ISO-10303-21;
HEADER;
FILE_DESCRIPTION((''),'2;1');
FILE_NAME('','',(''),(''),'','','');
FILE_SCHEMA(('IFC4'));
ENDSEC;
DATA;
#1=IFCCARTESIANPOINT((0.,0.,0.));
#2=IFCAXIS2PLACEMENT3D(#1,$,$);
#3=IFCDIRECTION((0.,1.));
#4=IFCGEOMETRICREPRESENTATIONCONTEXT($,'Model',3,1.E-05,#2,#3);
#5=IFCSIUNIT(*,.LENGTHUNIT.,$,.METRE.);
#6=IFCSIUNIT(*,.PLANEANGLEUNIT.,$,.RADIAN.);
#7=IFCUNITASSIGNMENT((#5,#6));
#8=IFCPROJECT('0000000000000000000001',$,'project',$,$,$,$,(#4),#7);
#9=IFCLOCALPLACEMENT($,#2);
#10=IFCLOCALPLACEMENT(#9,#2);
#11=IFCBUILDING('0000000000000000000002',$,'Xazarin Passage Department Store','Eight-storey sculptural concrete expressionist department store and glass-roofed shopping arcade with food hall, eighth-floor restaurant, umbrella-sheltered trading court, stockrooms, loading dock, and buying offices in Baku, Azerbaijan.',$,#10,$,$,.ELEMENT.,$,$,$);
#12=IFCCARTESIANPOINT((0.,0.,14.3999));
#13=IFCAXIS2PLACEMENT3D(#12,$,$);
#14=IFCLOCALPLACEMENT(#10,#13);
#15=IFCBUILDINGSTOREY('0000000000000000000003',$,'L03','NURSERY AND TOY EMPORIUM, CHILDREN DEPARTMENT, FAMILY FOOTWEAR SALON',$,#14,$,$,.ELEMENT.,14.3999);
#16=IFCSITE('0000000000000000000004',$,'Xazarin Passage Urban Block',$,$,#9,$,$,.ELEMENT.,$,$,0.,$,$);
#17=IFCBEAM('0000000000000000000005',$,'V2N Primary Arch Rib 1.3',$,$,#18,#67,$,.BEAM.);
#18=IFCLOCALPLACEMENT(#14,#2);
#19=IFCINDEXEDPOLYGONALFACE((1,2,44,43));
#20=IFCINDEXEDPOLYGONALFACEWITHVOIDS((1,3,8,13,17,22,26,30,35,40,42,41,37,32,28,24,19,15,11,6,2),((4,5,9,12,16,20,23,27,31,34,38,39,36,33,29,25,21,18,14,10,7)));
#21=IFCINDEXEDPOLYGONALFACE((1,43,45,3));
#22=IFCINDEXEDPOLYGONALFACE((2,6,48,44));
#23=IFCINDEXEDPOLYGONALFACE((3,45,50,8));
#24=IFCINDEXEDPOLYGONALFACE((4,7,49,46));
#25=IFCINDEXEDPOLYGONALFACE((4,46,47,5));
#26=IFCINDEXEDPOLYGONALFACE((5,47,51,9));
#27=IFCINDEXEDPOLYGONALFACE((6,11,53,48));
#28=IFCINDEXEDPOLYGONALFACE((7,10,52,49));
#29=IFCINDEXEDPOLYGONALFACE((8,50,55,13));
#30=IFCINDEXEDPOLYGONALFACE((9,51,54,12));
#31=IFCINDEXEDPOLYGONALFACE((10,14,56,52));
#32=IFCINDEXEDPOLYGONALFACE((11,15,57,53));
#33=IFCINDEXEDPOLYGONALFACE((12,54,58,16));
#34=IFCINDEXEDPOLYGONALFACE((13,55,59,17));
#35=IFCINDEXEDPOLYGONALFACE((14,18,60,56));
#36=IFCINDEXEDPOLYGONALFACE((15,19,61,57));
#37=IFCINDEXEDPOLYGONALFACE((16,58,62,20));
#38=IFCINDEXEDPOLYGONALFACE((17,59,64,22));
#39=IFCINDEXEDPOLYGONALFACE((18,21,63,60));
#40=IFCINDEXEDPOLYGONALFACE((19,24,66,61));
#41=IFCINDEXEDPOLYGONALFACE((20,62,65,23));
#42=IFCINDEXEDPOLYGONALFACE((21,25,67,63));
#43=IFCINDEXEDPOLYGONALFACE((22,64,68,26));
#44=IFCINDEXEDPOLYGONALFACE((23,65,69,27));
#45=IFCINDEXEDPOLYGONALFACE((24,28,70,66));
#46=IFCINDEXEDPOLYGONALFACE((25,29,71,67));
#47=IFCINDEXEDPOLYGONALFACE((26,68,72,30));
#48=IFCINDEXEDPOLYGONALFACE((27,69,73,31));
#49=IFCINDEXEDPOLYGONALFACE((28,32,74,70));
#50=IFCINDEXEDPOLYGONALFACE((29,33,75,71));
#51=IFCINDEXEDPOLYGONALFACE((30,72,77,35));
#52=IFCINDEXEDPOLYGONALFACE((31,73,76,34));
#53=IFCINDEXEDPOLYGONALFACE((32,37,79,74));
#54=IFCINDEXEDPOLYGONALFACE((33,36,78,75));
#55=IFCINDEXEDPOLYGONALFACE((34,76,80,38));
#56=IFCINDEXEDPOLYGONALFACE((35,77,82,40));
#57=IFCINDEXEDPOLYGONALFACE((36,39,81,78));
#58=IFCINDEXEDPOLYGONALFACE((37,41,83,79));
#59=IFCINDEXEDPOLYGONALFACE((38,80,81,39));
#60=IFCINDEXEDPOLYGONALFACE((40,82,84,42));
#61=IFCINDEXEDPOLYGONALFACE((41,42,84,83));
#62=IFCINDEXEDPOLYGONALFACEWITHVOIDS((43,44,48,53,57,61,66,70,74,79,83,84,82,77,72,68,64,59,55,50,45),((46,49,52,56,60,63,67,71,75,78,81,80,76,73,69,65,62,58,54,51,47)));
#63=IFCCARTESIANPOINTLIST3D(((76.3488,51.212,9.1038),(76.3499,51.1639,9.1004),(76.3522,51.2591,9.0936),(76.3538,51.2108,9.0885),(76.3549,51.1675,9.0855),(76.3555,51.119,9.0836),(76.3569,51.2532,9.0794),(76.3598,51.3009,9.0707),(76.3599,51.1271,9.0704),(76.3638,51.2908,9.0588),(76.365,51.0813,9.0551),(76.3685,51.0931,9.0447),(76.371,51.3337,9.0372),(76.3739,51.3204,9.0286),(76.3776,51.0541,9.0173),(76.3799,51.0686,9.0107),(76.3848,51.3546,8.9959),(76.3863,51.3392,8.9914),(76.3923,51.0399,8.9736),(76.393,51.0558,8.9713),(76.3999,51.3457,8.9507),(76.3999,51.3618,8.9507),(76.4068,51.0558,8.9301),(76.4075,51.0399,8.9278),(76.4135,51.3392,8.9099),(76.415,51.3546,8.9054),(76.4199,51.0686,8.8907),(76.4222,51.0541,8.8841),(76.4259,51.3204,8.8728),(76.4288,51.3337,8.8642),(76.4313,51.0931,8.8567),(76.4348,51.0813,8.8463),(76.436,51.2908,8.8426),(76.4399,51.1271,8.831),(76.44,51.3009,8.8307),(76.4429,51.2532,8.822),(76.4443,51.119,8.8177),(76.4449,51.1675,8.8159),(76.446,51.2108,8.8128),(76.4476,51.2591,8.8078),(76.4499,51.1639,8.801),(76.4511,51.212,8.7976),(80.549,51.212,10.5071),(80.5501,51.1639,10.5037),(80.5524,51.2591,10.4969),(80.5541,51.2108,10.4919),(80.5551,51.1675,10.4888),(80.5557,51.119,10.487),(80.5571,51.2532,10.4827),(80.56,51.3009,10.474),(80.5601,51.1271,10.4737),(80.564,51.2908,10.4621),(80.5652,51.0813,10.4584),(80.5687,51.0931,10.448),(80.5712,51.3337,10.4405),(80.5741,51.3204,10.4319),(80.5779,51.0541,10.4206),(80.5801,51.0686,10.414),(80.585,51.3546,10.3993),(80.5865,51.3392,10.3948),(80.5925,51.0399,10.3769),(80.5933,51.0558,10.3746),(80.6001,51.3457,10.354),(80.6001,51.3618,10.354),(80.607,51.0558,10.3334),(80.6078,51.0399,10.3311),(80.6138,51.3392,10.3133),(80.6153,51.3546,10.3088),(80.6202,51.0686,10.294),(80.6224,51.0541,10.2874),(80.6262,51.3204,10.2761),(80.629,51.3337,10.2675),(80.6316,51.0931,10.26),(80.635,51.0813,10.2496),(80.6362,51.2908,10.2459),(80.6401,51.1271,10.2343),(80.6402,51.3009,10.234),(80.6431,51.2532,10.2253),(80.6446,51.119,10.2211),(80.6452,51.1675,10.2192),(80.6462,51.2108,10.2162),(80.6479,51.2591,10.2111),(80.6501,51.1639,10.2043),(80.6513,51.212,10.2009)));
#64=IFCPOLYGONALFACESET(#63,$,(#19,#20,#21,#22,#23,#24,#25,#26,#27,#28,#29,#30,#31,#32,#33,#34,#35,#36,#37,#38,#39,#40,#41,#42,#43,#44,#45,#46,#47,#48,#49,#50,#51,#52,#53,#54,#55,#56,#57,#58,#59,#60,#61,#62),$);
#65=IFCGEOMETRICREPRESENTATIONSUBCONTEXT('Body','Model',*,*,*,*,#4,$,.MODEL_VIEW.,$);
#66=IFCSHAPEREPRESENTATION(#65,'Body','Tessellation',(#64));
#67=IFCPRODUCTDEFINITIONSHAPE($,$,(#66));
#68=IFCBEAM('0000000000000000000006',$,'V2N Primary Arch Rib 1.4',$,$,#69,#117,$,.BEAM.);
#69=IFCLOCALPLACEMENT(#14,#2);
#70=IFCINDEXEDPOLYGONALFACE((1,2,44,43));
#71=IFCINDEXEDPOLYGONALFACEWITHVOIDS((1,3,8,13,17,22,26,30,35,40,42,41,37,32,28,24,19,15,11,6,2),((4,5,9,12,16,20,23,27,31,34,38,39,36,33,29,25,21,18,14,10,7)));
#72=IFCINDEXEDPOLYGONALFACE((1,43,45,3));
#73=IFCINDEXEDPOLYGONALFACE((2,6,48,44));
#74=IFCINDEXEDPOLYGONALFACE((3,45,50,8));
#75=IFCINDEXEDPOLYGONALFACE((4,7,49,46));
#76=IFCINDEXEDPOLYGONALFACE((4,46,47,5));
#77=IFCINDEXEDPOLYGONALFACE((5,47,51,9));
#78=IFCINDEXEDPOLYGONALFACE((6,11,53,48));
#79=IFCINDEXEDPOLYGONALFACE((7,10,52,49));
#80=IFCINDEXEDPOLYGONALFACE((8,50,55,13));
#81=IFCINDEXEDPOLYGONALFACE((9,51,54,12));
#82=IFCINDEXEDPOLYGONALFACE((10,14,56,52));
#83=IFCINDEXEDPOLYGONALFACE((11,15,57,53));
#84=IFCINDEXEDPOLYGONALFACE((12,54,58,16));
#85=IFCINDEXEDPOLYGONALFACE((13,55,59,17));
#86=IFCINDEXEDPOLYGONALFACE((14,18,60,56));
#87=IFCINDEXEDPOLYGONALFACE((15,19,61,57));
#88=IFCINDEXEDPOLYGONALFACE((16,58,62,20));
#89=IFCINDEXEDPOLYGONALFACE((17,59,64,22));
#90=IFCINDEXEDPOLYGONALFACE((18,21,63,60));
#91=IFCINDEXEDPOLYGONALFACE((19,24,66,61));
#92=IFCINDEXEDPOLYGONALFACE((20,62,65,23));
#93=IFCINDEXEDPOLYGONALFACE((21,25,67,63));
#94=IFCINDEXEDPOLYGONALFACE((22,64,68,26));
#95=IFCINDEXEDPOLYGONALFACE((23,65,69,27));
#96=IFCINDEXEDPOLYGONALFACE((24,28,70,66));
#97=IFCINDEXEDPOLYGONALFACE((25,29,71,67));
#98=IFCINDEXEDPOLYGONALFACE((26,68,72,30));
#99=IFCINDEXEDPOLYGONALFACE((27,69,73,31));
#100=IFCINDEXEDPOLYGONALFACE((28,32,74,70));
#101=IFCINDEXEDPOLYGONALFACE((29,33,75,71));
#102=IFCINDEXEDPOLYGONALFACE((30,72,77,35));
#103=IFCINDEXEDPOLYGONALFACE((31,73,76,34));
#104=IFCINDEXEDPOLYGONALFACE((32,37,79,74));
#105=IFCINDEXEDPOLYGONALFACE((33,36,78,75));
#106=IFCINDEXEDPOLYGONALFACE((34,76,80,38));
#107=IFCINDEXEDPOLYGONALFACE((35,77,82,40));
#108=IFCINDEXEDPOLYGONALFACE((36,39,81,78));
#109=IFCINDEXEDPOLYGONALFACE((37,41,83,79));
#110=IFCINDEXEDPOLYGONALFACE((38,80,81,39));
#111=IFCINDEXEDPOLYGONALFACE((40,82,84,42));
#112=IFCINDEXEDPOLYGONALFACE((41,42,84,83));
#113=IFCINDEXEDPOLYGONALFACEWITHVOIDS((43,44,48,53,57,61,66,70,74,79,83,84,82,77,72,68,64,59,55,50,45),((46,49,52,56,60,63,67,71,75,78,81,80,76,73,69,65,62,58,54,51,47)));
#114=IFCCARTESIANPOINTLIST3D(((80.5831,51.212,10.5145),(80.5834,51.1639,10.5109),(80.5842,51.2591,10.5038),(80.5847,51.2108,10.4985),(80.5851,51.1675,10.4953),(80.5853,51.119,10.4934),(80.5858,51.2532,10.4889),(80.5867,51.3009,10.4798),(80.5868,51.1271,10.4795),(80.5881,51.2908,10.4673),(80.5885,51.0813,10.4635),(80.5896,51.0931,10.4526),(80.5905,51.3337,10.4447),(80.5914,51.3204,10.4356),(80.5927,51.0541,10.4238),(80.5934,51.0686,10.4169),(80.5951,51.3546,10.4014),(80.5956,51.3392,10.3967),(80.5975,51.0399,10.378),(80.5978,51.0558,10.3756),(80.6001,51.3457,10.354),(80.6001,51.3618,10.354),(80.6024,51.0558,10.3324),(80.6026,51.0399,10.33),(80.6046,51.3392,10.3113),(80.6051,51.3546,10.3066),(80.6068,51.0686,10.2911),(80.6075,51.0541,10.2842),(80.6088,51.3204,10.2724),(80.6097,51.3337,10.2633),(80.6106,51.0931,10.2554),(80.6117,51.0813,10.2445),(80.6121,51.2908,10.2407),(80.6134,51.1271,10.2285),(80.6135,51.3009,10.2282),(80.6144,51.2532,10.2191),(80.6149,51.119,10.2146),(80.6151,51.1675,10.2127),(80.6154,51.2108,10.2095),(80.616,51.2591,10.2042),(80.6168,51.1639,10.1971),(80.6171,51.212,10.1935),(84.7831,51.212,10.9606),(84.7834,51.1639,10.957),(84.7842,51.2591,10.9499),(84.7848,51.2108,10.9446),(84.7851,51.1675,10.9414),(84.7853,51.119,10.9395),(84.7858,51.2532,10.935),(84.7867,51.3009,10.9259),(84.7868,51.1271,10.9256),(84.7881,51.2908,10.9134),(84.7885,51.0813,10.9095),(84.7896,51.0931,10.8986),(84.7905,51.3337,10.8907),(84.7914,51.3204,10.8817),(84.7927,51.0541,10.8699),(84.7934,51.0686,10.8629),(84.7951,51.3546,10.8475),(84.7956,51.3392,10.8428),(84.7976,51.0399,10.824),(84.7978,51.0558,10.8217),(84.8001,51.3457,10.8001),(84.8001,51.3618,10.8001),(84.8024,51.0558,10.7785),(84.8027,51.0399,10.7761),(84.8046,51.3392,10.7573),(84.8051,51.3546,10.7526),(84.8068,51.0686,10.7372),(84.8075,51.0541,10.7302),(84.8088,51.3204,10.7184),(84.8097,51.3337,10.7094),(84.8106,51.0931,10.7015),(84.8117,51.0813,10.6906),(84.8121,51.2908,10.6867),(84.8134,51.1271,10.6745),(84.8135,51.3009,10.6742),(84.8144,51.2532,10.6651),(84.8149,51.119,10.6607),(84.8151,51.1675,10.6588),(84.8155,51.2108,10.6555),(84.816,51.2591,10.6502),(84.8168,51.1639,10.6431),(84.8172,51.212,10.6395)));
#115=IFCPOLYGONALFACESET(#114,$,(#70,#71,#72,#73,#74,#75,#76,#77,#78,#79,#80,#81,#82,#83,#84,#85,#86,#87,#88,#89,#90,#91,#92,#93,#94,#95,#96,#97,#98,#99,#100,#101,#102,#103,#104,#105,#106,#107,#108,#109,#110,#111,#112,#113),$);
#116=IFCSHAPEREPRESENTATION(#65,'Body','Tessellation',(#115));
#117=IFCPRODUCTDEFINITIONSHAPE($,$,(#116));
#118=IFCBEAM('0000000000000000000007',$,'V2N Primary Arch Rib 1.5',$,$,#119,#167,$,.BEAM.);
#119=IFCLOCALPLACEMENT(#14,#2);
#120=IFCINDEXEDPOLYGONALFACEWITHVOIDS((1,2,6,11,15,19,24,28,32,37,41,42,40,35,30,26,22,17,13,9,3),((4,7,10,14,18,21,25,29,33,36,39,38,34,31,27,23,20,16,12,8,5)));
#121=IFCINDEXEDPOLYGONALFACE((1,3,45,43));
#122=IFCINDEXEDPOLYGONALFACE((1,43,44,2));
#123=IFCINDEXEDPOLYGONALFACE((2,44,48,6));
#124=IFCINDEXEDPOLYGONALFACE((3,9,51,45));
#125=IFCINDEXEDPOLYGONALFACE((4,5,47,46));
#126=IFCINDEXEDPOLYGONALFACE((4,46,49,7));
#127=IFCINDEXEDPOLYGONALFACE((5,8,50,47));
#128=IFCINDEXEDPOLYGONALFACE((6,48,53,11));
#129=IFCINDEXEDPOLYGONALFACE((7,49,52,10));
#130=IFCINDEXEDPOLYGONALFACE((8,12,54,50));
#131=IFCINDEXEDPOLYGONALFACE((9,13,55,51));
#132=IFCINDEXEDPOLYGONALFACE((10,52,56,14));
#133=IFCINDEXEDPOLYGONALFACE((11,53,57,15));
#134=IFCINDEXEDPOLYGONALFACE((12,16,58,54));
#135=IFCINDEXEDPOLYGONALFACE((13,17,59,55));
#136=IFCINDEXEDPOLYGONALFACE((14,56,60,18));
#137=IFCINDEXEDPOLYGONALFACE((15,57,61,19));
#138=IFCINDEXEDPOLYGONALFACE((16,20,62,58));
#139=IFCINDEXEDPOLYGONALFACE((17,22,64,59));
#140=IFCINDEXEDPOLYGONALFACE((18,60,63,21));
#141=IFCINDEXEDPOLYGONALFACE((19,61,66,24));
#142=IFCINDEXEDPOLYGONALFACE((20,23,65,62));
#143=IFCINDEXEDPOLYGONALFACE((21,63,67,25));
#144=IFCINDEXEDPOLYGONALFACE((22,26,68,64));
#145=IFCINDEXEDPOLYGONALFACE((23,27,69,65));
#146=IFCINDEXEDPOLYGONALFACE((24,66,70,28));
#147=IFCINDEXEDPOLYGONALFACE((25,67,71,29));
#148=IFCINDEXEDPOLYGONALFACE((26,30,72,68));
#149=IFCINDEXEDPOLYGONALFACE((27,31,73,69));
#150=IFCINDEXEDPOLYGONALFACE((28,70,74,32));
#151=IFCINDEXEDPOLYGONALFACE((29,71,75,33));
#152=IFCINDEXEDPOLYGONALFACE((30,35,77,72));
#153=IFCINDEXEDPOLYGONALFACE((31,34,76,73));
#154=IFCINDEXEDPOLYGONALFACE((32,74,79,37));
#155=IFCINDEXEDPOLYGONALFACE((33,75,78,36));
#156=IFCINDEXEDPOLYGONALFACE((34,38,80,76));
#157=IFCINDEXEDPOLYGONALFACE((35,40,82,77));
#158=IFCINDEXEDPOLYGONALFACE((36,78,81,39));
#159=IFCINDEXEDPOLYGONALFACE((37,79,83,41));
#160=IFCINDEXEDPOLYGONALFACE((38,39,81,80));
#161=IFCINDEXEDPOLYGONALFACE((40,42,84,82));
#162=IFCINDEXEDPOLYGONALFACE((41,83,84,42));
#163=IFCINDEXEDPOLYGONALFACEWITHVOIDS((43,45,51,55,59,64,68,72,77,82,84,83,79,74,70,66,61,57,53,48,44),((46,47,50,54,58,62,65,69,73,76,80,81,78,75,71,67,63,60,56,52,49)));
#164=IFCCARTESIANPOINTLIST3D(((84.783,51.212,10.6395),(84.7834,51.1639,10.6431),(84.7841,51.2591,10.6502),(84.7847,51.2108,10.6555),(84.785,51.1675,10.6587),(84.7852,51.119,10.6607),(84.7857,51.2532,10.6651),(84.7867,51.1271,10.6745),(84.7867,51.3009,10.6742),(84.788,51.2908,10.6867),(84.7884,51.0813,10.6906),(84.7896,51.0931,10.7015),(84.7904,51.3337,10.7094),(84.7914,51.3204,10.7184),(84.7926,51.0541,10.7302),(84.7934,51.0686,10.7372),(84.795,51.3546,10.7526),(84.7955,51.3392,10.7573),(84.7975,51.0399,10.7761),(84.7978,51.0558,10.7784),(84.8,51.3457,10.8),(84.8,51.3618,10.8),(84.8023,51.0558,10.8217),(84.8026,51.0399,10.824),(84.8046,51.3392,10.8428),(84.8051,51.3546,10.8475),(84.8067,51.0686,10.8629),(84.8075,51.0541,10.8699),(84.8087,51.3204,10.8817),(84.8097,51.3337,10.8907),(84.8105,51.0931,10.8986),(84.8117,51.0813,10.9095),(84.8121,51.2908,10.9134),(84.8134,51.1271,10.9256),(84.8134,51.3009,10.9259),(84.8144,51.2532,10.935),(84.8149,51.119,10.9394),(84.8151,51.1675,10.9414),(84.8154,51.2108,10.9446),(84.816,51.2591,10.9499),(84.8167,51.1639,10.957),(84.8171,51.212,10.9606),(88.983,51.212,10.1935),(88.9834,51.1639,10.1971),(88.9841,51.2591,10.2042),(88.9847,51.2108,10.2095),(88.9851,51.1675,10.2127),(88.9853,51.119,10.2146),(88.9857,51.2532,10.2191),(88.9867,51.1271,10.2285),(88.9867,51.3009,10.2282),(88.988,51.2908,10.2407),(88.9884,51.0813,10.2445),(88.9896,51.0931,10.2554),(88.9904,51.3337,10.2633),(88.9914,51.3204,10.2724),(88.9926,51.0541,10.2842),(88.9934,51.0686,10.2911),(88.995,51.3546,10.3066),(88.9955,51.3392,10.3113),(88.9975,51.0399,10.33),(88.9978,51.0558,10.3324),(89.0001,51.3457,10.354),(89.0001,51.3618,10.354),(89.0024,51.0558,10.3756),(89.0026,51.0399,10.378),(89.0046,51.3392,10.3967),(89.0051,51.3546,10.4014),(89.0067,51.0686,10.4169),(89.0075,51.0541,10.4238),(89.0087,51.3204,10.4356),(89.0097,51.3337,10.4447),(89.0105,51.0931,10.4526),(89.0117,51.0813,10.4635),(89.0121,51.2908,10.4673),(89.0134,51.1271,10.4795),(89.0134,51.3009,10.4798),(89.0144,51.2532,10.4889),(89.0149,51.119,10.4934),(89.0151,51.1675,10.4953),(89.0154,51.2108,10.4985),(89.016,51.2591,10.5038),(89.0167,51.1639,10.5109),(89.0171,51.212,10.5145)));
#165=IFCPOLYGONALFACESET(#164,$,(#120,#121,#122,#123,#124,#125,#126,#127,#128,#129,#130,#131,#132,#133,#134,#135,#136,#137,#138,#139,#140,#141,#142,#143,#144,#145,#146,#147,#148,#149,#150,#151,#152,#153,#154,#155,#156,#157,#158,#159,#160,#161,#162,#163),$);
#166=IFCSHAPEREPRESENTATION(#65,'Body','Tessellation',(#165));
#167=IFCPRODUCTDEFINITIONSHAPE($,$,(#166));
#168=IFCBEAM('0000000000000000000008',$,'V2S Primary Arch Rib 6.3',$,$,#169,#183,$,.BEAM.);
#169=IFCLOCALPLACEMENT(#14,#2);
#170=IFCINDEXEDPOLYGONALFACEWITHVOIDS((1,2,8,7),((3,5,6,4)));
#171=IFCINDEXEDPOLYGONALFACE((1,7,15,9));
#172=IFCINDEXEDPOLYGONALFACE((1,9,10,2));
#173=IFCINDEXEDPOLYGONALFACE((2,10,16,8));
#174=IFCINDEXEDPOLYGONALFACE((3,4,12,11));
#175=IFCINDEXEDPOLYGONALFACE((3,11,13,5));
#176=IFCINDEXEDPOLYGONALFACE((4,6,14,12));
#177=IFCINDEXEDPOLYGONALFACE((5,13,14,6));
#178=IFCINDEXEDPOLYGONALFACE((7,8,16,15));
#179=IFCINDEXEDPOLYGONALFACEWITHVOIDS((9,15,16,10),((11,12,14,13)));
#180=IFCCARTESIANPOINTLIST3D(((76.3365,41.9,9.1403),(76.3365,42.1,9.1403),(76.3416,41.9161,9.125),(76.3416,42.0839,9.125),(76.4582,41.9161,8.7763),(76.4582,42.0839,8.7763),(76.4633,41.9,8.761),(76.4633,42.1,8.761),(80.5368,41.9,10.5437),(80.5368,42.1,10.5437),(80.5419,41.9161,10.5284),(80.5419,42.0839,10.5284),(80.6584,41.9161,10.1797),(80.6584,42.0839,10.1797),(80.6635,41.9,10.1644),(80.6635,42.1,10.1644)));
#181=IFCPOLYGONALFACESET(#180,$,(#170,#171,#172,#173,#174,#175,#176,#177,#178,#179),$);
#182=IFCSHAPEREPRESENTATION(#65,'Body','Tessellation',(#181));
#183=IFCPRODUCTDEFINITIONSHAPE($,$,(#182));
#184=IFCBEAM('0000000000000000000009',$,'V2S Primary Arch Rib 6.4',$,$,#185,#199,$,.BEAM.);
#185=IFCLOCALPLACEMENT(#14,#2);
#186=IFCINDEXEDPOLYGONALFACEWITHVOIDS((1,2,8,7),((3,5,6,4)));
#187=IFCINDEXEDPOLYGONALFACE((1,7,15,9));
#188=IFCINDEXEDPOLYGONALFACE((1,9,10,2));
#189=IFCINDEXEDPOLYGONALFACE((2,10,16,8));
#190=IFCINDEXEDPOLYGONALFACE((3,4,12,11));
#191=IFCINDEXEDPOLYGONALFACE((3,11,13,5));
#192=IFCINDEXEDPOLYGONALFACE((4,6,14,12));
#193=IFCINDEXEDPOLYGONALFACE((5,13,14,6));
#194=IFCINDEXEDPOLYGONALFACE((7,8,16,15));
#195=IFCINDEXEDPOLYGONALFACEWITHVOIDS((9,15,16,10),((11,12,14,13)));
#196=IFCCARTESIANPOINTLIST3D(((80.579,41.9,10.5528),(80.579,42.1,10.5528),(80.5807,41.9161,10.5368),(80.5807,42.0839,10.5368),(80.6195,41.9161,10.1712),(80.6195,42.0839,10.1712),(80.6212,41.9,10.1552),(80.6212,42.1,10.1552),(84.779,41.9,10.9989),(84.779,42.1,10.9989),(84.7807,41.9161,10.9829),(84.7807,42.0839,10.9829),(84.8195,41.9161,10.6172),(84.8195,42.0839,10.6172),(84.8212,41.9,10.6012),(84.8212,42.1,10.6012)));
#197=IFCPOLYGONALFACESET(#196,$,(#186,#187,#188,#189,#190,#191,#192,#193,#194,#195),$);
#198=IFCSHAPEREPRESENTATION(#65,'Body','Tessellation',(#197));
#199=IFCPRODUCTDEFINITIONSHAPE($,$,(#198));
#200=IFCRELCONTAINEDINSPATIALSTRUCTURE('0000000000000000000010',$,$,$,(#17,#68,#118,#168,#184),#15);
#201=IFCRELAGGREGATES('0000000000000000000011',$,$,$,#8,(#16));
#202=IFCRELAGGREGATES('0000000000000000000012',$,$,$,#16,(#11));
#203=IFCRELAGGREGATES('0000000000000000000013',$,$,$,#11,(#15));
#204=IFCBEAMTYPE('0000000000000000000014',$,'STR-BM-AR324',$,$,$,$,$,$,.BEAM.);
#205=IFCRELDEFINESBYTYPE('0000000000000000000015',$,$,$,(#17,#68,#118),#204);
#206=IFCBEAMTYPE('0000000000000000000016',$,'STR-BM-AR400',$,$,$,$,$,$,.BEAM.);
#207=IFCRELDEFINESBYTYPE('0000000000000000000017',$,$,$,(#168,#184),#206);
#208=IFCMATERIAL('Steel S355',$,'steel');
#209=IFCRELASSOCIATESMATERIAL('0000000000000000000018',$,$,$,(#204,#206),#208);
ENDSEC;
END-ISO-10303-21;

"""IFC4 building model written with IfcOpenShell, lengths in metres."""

from ifc_helpers import new_model, si_unit, direction, frame, origin, origin_2d, place, context, subcontext, project, spatial, hollow_rectangle, hollow_circle, extrude, material, material_profile, profile_set, type_object, element, save


model = new_model("IFC4")

# Units and contexts
model_context = context("Model", 3, precision=1e-05, world=origin(), true_north=direction((0.0, 1.0)))
body_context = subcontext(model_context, "Body", "Model", "MODEL_VIEW")
ifc_project = project(units=[si_unit("LENGTHUNIT", "METRE"), si_unit("PLANEANGLEUNIT", "RADIAN")], contexts=[model_context])

# Site, building, storey
site_placement = place(None, origin())
site = spatial("IfcSite", under=ifc_project, at=site_placement, Name="Xazarin Passage Urban Block", CompositionType="ELEMENT", RefElevation=0.0)
building_placement = place(site_placement, origin())
building = spatial("IfcBuilding", under=site, at=building_placement, Name="Xazarin Passage Department Store", Description="Eight-storey sculptural concrete expressionist department store and glass-roofed shopping arcade with food hall, eighth-floor restaurant, umbrella-sheltered trading court, stockrooms, loading dock, and buying offices in Baku, Azerbaijan.", CompositionType="ELEMENT")
storey_placement = place(building_placement, frame((0.0, 0.0, 14.3999)))
storey = spatial("IfcBuildingStorey", under=building, at=storey_placement, Name="L03", Description="NURSERY AND TOY EMPORIUM, CHILDREN DEPARTMENT, FAMILY FOOTWEAR SALON", CompositionType="ELEMENT", Elevation=14.3999)

# Beams
ifc_material_1 = material(Name="Steel S355", Category="steel")
ifc_material_profile_1 = material_profile(ifc_material_1, hollow_circle(Radius=0.1619, WallThickness=0.0161, at=origin_2d()), Name="CHS 323.9x16")
ifc_profile_set_1 = profile_set([ifc_material_profile_1], Name="Steel S355")
beam_type_1 = type_object("IfcBeamType", Name="STR-BM-AR324", PredefinedType="BEAM", material=ifc_profile_set_1)
beam_1_placement = place(storey_placement, frame((76.3999, 51.2, 8.9507), z_axis=(0.948463, 0.0, 0.316889), x_axis=(0.0, 1.0, 0.0)))
element("IfcBeam", 1, at=beam_1_placement, inside=storey, type_object=beam_type_1, Name="V2N Primary Arch Rib 1.3", PredefinedType="BEAM", context=body_context, shape_type="SweptSolid", body=[
    extrude(hollow_circle(Radius=0.1619, WallThickness=0.0161, at=origin_2d()), origin(), (0.0, 0.0, 1.0), 4.4285),
])
for number, where, z_axis, x_axis, name in (
    (2, (80.6001, 51.2, 10.354), (0.994408, 0.0, 0.105608), (0.0, 1.0, 0.0), "V2N Primary Arch Rib 1.4"),
    (3, (84.8, 51.2, 10.8), (0.994408, 0.0, -0.105608), (0.0, 1.0, 0.0), "V2N Primary Arch Rib 1.5"),
):
    element("IfcBeam", number, at=place(storey_placement, frame(where, z_axis=z_axis, x_axis=x_axis)), inside=storey, type_object=beam_type_1, Name=name, PredefinedType="BEAM", context=body_context, shape_type="SweptSolid", body=[
        extrude(hollow_circle(Radius=0.1619, WallThickness=0.0161, at=origin_2d()), origin(), (0.0, 0.0, 1.0), 4.2236),
    ])
ifc_material_profile_2 = material_profile(ifc_material_1, hollow_rectangle(XDim=0.2, YDim=0.3999, WallThickness=0.0161, at=origin_2d()), Name="RHS 400x200x16")
ifc_profile_set_2 = profile_set([ifc_material_profile_2], Name="Steel S355")
beam_type_2 = type_object("IfcBeamType", Name="STR-BM-AR400", PredefinedType="BEAM", material=ifc_profile_set_2)
beam_2_placement = place(storey_placement, frame((76.3999, 42.0, 8.9507), z_axis=(0.948463, 0.0, 0.316889), x_axis=(0.0, 1.0, 0.0)))
element("IfcBeam", 4, at=beam_2_placement, inside=storey, type_object=beam_type_2, Name="V2S Primary Arch Rib 6.3", PredefinedType="BEAM", context=body_context, shape_type="SweptSolid", body=[
    extrude(hollow_rectangle(XDim=0.2, YDim=0.3999, WallThickness=0.0161, at=origin_2d()), origin(), (0.0, 0.0, 1.0), 4.4285),
])
for number, where, z_axis, x_axis, name in (
    (5, (80.6001, 42.0, 10.354), (0.994408, 0.0, 0.105608), (0.0, 1.0, 0.0), "V2S Primary Arch Rib 6.4"),
):
    element("IfcBeam", number, at=place(storey_placement, frame(where, z_axis=z_axis, x_axis=x_axis)), inside=storey, type_object=beam_type_2, Name=name, PredefinedType="BEAM", context=body_context, shape_type="SweptSolid", body=[
        extrude(hollow_rectangle(XDim=0.2, YDim=0.3999, WallThickness=0.0161, at=origin_2d()), origin(), (0.0, 0.0, 1.0), 4.2236),
    ])

save(model, "model.ifc")
